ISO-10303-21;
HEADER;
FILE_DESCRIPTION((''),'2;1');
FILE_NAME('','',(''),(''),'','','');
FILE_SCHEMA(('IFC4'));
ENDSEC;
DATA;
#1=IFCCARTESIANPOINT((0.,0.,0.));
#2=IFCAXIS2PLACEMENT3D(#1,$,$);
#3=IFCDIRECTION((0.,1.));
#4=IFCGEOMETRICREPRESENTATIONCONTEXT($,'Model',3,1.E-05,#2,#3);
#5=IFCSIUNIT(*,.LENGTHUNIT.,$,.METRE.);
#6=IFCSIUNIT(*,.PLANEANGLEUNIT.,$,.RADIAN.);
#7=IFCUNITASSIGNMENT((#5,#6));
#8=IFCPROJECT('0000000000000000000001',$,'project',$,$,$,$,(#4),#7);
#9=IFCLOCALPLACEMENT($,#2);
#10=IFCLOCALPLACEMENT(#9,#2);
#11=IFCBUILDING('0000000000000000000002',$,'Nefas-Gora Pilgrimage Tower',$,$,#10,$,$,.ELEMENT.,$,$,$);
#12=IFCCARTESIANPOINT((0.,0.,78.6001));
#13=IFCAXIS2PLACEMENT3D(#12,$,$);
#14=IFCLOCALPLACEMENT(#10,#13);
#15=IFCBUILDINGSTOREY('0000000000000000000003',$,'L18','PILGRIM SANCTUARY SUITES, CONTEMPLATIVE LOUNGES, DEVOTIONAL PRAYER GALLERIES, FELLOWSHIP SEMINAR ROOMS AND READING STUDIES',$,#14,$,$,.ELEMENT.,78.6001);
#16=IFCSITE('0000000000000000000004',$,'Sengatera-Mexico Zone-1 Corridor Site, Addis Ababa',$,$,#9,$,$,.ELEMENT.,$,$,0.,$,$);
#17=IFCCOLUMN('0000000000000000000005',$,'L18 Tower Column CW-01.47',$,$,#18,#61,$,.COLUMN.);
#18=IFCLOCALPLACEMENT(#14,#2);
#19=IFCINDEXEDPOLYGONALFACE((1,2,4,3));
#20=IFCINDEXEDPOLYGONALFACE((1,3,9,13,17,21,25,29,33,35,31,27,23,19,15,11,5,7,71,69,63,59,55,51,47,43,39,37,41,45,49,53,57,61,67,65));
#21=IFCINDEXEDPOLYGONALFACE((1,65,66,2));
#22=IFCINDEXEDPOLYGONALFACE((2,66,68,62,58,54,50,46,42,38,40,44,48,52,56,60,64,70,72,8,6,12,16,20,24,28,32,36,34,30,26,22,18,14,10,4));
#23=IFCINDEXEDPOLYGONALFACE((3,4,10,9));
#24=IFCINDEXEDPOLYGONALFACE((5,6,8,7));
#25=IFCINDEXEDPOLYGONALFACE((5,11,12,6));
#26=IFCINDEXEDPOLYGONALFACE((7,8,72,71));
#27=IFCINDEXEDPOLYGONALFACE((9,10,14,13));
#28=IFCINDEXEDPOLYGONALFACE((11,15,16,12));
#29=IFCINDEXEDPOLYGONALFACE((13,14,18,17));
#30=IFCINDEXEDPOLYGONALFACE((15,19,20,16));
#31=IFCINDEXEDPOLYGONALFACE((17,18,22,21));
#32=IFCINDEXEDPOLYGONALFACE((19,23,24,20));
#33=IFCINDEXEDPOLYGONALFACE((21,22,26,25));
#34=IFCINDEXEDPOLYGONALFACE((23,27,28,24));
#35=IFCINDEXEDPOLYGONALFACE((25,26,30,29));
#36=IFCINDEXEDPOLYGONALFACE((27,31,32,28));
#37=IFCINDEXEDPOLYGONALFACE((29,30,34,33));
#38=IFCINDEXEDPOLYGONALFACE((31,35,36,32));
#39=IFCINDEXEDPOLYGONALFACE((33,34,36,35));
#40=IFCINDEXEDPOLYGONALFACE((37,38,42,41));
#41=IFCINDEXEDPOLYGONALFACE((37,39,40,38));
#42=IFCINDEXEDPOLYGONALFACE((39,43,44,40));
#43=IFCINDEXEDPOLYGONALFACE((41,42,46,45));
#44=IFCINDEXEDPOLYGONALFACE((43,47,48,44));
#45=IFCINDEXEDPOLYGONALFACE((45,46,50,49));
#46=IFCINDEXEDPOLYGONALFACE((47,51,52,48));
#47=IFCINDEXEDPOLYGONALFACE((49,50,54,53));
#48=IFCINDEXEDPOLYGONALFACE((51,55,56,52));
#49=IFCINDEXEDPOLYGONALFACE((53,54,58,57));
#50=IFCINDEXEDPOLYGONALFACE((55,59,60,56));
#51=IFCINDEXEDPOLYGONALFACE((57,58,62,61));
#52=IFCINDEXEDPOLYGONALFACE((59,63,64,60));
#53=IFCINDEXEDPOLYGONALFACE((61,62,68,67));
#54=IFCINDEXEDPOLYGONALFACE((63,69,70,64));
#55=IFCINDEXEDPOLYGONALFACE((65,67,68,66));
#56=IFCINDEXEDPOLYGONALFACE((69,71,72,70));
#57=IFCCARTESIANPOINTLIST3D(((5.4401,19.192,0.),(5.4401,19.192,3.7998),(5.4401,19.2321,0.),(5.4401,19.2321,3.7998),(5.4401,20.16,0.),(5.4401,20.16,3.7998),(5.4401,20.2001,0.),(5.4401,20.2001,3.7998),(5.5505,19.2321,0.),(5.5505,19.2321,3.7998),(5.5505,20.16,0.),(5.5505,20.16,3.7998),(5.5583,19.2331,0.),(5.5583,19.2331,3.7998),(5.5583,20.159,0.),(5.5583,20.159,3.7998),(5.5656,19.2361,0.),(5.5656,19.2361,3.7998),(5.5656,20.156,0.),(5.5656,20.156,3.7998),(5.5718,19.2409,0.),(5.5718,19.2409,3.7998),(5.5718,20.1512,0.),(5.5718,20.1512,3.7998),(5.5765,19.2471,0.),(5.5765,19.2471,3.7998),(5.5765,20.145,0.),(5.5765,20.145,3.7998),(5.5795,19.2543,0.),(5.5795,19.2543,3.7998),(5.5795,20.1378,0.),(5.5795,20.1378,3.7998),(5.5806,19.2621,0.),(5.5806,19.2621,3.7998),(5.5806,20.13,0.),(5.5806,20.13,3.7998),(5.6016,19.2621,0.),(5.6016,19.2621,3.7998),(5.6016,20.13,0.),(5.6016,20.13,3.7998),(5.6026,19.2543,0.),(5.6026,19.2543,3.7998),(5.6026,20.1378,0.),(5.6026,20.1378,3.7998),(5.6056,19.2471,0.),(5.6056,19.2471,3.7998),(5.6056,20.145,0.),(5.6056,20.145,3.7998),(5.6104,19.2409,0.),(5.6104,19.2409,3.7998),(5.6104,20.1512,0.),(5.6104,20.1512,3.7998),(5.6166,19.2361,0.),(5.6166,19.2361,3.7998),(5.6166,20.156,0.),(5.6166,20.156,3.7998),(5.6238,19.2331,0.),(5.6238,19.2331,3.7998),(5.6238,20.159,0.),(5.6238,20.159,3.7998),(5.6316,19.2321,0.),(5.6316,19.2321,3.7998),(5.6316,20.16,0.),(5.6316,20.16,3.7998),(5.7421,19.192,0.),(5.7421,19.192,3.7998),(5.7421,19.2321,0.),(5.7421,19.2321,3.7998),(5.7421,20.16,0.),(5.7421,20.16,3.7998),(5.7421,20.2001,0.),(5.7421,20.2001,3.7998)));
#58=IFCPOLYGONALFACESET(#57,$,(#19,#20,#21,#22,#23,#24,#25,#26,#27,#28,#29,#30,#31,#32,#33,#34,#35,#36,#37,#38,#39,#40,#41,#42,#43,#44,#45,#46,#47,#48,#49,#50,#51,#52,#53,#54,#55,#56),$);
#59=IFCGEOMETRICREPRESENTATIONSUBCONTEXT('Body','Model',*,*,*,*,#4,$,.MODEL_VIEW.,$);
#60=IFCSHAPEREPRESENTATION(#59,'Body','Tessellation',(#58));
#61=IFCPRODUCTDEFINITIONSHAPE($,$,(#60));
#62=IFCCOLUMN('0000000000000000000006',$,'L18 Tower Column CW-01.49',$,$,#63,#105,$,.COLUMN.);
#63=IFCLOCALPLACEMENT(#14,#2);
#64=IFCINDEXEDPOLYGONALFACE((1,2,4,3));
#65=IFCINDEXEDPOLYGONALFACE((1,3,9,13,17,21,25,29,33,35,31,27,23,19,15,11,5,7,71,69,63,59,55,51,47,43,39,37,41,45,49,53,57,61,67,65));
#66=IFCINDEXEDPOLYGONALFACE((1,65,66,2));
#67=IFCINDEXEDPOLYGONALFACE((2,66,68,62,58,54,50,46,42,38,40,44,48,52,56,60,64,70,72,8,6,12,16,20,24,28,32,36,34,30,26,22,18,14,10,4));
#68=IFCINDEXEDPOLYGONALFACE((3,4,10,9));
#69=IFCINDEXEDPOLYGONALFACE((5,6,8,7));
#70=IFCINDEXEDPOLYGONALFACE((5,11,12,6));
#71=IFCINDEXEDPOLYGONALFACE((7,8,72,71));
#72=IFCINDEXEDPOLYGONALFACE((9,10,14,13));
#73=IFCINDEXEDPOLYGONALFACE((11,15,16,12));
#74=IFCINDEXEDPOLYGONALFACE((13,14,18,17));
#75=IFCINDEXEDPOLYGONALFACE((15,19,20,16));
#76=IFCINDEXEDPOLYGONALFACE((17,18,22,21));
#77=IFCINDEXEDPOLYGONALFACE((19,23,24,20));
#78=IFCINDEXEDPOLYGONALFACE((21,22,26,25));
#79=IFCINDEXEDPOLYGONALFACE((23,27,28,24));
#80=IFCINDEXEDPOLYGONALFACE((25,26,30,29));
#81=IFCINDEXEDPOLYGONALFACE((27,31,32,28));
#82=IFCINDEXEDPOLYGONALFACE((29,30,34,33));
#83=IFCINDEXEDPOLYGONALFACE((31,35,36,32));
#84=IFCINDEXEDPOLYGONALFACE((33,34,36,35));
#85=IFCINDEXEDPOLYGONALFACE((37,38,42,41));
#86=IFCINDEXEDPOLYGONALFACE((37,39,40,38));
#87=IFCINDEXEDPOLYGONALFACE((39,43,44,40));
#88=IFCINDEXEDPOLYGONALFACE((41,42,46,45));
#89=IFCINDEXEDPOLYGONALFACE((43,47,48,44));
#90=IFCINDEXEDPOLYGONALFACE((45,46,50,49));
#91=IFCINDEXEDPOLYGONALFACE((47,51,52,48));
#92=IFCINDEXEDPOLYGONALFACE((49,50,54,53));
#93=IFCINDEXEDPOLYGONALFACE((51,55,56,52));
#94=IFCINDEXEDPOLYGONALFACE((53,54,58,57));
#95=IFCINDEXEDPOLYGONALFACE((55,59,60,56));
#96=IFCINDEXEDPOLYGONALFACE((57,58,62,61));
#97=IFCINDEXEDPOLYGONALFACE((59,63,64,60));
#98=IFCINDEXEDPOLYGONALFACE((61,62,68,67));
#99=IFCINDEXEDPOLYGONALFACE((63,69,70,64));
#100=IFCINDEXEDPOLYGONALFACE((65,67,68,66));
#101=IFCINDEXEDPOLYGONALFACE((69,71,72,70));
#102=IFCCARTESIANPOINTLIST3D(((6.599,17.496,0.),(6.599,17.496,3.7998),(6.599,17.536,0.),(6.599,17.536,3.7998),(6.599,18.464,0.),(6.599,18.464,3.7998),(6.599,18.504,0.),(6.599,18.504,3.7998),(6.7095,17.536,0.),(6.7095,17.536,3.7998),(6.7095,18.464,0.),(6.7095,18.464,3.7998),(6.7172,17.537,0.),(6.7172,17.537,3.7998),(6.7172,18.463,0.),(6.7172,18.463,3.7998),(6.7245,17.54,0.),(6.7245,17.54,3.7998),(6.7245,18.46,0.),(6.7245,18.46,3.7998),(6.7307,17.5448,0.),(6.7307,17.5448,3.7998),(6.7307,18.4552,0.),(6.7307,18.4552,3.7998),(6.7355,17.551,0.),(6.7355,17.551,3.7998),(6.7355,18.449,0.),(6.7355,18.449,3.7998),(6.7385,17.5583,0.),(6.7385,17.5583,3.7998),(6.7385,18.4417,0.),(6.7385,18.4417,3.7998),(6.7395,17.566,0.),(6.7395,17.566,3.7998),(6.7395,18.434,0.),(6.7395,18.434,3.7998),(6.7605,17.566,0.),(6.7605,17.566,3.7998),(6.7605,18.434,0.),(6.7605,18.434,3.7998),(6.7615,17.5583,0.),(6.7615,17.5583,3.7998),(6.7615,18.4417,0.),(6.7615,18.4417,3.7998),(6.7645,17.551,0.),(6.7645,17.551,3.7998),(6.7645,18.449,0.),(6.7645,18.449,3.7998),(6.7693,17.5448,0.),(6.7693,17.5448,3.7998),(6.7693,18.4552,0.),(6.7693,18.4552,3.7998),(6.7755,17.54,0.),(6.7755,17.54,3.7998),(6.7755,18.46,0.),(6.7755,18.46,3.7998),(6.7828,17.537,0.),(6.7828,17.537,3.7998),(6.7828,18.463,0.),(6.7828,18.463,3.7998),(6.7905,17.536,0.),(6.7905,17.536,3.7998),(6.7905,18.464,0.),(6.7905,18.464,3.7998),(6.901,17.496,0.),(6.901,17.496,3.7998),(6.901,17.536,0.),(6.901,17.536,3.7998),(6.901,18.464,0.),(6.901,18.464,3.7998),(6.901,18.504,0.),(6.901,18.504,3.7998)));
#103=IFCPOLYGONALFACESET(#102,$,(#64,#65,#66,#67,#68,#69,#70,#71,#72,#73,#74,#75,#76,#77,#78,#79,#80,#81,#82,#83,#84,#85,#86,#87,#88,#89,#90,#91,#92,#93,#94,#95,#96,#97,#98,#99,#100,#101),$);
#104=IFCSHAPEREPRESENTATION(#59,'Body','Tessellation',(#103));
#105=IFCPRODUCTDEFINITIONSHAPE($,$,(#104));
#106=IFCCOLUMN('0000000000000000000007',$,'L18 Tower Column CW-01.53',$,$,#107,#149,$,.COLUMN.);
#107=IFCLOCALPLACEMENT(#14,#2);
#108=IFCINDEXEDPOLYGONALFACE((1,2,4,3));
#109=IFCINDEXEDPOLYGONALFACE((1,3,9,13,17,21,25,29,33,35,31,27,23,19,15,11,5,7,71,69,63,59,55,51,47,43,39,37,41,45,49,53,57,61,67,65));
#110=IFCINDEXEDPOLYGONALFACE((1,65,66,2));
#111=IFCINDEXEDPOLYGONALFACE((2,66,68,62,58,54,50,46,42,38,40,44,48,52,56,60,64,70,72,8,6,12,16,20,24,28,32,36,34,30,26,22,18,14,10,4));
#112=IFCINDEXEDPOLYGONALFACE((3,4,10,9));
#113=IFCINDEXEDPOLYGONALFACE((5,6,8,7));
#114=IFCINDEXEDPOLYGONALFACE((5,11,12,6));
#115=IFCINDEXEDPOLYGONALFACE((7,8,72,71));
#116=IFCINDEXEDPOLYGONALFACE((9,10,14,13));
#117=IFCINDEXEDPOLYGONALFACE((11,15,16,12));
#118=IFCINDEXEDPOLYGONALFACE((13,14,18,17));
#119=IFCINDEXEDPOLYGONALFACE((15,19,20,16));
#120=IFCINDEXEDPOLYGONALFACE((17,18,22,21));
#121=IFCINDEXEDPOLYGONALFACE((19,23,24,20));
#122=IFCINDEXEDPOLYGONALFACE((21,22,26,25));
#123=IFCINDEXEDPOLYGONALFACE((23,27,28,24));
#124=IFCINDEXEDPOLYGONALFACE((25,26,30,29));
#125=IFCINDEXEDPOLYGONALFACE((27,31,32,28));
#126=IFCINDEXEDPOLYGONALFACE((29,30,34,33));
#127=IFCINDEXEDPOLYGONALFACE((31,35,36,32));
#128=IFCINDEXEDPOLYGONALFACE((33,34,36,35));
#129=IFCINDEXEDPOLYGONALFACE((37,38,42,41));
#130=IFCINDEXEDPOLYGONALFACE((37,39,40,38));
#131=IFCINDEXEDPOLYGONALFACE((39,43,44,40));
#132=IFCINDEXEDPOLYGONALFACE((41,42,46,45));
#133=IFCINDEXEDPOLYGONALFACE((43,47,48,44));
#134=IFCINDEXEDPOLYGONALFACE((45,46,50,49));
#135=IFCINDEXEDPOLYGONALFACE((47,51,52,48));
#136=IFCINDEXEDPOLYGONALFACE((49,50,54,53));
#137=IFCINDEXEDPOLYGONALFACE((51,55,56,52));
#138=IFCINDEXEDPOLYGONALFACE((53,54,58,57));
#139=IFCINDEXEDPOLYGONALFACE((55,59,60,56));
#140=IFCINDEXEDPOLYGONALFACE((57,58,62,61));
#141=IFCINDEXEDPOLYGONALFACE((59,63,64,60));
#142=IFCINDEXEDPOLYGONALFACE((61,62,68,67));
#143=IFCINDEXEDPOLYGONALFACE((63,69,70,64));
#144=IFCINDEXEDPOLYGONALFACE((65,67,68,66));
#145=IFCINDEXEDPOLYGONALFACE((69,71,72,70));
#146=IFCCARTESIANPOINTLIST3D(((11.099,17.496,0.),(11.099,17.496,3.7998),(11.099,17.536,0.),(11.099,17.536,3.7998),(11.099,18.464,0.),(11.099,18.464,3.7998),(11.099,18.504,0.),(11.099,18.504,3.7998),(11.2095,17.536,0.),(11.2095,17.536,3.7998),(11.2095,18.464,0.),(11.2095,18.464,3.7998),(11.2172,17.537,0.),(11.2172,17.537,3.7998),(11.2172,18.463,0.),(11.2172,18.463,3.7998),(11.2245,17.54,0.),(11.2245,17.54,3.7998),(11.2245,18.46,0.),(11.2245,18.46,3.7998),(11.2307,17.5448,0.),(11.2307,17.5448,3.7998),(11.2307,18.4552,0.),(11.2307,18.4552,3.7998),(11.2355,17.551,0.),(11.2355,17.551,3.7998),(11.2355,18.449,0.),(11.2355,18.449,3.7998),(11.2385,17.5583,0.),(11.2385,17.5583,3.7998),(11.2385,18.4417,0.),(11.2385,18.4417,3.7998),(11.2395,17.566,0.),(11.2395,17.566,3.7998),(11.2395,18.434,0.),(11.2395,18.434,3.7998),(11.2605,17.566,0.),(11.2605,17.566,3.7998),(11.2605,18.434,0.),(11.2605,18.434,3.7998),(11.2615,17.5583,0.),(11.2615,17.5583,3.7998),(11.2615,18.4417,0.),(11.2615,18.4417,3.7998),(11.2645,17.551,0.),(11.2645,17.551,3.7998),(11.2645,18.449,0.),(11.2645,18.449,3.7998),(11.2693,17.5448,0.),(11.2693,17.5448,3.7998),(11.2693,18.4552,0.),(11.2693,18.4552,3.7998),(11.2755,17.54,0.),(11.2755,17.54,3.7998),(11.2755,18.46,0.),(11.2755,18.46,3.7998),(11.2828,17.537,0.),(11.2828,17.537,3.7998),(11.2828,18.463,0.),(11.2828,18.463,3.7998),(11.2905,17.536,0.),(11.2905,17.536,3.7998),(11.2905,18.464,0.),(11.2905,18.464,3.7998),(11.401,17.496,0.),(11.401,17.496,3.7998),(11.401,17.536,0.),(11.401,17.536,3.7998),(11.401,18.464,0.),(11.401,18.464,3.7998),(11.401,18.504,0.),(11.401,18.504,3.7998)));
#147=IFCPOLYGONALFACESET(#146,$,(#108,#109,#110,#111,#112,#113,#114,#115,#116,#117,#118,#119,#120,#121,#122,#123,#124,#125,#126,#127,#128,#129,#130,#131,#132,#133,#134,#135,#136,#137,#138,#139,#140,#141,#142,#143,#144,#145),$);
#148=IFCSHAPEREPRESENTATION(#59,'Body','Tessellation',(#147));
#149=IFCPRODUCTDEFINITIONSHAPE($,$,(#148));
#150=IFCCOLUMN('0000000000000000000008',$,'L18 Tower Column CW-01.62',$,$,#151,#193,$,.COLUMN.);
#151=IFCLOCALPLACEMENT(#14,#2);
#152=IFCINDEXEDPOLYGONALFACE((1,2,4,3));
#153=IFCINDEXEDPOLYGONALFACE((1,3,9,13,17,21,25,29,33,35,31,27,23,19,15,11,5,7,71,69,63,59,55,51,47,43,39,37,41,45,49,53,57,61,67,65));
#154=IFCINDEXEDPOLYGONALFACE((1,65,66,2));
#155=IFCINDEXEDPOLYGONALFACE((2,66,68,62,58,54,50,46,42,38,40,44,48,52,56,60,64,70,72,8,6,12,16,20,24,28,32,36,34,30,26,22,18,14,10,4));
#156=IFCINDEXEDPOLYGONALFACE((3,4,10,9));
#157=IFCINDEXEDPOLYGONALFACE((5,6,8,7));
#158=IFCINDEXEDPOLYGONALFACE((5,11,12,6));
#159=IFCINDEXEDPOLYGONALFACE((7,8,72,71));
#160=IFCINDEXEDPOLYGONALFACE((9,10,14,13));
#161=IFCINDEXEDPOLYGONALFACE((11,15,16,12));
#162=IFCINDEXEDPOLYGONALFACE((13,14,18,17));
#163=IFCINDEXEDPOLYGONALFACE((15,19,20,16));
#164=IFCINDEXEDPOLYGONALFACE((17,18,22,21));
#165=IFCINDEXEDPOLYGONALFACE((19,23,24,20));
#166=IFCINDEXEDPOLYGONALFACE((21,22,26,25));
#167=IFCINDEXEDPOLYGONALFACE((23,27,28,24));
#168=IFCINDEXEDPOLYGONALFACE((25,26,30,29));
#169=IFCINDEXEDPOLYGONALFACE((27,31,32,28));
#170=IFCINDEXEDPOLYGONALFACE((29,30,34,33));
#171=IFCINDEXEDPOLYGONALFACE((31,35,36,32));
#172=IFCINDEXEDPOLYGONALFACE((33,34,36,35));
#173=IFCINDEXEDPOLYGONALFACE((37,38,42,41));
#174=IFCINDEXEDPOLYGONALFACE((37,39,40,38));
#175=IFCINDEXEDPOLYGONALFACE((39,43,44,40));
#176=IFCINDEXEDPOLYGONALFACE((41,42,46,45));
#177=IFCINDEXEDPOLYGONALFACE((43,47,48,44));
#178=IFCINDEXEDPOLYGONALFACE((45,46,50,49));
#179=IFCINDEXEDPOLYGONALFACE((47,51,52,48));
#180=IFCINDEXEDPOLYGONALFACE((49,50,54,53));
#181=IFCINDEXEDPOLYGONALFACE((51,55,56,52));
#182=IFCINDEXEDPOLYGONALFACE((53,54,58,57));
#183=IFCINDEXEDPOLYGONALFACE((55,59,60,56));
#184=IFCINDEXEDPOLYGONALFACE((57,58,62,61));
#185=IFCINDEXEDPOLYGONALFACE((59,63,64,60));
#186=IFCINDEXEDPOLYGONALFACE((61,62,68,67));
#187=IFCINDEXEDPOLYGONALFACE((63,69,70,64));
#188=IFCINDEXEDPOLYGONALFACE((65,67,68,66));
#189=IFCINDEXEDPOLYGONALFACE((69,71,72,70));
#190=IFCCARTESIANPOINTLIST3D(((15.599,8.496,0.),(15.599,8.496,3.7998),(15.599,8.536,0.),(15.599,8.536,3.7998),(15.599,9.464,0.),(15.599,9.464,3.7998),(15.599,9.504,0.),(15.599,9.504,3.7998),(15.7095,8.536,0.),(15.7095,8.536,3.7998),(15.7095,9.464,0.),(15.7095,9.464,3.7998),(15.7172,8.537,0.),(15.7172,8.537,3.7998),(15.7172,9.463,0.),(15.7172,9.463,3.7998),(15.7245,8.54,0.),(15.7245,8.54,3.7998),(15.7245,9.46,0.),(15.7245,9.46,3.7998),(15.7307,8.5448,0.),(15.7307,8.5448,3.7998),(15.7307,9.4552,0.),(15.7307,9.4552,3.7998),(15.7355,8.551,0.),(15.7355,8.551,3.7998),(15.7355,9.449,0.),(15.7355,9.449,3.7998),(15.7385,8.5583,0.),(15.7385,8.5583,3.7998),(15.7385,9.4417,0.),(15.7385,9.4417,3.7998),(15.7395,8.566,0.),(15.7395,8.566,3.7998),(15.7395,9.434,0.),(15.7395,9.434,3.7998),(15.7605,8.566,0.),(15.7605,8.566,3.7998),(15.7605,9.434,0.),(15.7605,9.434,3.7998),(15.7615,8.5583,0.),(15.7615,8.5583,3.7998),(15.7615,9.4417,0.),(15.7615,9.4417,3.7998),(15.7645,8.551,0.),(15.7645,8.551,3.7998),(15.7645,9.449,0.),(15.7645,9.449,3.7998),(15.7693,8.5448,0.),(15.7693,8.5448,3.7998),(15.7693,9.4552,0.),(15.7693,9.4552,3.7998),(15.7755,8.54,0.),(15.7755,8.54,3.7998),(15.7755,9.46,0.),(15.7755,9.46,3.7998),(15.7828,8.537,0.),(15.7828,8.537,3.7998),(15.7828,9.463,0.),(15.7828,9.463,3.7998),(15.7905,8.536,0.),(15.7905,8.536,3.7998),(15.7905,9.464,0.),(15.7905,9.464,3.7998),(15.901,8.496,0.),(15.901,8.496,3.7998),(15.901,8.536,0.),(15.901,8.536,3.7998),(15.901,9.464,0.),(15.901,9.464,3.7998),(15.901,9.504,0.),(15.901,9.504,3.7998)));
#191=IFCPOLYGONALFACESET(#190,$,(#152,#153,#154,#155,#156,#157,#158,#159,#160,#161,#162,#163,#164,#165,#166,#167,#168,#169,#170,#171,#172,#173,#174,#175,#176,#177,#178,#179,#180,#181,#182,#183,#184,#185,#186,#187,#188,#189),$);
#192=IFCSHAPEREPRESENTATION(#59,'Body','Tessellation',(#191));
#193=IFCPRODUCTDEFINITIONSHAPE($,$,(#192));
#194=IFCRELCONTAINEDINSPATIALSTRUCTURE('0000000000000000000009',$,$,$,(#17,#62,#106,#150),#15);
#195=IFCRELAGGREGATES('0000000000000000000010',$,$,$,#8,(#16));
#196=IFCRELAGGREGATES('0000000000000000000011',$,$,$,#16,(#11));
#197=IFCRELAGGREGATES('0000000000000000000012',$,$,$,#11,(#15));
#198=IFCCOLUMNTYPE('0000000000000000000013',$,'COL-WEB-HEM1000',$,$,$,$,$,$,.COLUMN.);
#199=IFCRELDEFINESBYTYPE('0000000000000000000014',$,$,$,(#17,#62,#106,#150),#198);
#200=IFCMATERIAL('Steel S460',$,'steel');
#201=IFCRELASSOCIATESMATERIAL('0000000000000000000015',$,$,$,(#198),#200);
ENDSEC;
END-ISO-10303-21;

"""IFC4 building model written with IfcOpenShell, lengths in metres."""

from ifc_helpers import new_model, si_unit, direction, frame, origin, origin_2d, place, context, subcontext, project, spatial, i_section, extrude, source, transform, mapped, material, material_profile, profile_set, type_object, element, save


model = new_model("IFC4")

# Units and contexts
model_context = context("Model", 3, precision=1e-05, world=origin(), true_north=direction((0.0, 1.0)))
body_context = subcontext(model_context, "Body", "Model", "MODEL_VIEW")
ifc_project = project(units=[si_unit("LENGTHUNIT", "METRE"), si_unit("PLANEANGLEUNIT", "RADIAN")], contexts=[model_context])

# Site, building, storey
site_placement = place(None, origin())
site = spatial("IfcSite", under=ifc_project, at=site_placement, Name="Sengatera-Mexico Zone-1 Corridor Site, Addis Ababa", CompositionType="ELEMENT", RefElevation=0.0)
building_placement = place(site_placement, origin())
building = spatial("IfcBuilding", under=site, at=building_placement, Name="Nefas-Gora Pilgrimage Tower", CompositionType="ELEMENT")
storey_placement = place(building_placement, frame((0.0, 0.0, 78.6001)))
storey = spatial("IfcBuildingStorey", under=building, at=storey_placement, Name="L18", Description="PILGRIM SANCTUARY SUITES, CONTEMPLATIVE LOUNGES, DEVOTIONAL PRAYER GALLERIES, FELLOWSHIP SEMINAR ROOMS AND READING STUDIES", CompositionType="ELEMENT", Elevation=78.6001)

# Columns
ifc_material_1 = material(Name="Steel S460", Category="steel")
ifc_material_profile_1 = material_profile(ifc_material_1, i_section(OverallWidth=0.302, OverallDepth=1.0081, WebThickness=0.021, FlangeThickness=0.04, FilletRadius=0.03, at=origin_2d()), Name="HEM 1000")
ifc_profile_set_1 = profile_set([ifc_material_profile_1], Name="Steel S460")
column_type_1 = type_object("IfcColumnType", Name="COL-WEB-HEM1000", PredefinedType="COLUMN", material=ifc_profile_set_1)
shared_shape_1 = source(origin(), body_context, "Body", "SweptSolid", [
    extrude(i_section(OverallWidth=0.302, OverallDepth=1.0081, WebThickness=0.021, FlangeThickness=0.04, FilletRadius=0.03, at=origin_2d()), origin(), (0.0, 0.0, 1.0), 3.7998),
])
for number, where, z_axis, x_axis, name in (
    (1, (5.5911, 19.696, 0.0), (0.0, 0.0, 1.0), (1.0, 0.0, 0.0), "L18 Tower Column CW-01.47"),
    (2, (6.75, 18.0, 0.0), (0.0, 0.0, 1.0), (1.0, 0.0, 0.0), "L18 Tower Column CW-01.49"),
    (3, (11.25, 18.0, 0.0), (0.0, 0.0, 1.0), (1.0, 0.0, 0.0), "L18 Tower Column CW-01.53"),
    (4, (15.75, 9.0, 0.0), (0.0, 0.0, 1.0), (1.0, 0.0, 0.0), "L18 Tower Column CW-01.62"),
):
    element("IfcColumn", number, at=place(storey_placement, frame(where, z_axis=z_axis, x_axis=x_axis)), inside=storey, type_object=column_type_1, Name=name, PredefinedType="COLUMN", context=body_context, shape_type="MappedRepresentation", body=[
        mapped(shared_shape_1, transform((0.0, 0.0, 0.0), x_axis=(1.0, 0.0, 0.0), y_axis=(0.0, 1.0, 0.0), z_axis=(0.0, 0.0, 1.0), scale=1.0)),
    ])

save(model, "model.ifc")
